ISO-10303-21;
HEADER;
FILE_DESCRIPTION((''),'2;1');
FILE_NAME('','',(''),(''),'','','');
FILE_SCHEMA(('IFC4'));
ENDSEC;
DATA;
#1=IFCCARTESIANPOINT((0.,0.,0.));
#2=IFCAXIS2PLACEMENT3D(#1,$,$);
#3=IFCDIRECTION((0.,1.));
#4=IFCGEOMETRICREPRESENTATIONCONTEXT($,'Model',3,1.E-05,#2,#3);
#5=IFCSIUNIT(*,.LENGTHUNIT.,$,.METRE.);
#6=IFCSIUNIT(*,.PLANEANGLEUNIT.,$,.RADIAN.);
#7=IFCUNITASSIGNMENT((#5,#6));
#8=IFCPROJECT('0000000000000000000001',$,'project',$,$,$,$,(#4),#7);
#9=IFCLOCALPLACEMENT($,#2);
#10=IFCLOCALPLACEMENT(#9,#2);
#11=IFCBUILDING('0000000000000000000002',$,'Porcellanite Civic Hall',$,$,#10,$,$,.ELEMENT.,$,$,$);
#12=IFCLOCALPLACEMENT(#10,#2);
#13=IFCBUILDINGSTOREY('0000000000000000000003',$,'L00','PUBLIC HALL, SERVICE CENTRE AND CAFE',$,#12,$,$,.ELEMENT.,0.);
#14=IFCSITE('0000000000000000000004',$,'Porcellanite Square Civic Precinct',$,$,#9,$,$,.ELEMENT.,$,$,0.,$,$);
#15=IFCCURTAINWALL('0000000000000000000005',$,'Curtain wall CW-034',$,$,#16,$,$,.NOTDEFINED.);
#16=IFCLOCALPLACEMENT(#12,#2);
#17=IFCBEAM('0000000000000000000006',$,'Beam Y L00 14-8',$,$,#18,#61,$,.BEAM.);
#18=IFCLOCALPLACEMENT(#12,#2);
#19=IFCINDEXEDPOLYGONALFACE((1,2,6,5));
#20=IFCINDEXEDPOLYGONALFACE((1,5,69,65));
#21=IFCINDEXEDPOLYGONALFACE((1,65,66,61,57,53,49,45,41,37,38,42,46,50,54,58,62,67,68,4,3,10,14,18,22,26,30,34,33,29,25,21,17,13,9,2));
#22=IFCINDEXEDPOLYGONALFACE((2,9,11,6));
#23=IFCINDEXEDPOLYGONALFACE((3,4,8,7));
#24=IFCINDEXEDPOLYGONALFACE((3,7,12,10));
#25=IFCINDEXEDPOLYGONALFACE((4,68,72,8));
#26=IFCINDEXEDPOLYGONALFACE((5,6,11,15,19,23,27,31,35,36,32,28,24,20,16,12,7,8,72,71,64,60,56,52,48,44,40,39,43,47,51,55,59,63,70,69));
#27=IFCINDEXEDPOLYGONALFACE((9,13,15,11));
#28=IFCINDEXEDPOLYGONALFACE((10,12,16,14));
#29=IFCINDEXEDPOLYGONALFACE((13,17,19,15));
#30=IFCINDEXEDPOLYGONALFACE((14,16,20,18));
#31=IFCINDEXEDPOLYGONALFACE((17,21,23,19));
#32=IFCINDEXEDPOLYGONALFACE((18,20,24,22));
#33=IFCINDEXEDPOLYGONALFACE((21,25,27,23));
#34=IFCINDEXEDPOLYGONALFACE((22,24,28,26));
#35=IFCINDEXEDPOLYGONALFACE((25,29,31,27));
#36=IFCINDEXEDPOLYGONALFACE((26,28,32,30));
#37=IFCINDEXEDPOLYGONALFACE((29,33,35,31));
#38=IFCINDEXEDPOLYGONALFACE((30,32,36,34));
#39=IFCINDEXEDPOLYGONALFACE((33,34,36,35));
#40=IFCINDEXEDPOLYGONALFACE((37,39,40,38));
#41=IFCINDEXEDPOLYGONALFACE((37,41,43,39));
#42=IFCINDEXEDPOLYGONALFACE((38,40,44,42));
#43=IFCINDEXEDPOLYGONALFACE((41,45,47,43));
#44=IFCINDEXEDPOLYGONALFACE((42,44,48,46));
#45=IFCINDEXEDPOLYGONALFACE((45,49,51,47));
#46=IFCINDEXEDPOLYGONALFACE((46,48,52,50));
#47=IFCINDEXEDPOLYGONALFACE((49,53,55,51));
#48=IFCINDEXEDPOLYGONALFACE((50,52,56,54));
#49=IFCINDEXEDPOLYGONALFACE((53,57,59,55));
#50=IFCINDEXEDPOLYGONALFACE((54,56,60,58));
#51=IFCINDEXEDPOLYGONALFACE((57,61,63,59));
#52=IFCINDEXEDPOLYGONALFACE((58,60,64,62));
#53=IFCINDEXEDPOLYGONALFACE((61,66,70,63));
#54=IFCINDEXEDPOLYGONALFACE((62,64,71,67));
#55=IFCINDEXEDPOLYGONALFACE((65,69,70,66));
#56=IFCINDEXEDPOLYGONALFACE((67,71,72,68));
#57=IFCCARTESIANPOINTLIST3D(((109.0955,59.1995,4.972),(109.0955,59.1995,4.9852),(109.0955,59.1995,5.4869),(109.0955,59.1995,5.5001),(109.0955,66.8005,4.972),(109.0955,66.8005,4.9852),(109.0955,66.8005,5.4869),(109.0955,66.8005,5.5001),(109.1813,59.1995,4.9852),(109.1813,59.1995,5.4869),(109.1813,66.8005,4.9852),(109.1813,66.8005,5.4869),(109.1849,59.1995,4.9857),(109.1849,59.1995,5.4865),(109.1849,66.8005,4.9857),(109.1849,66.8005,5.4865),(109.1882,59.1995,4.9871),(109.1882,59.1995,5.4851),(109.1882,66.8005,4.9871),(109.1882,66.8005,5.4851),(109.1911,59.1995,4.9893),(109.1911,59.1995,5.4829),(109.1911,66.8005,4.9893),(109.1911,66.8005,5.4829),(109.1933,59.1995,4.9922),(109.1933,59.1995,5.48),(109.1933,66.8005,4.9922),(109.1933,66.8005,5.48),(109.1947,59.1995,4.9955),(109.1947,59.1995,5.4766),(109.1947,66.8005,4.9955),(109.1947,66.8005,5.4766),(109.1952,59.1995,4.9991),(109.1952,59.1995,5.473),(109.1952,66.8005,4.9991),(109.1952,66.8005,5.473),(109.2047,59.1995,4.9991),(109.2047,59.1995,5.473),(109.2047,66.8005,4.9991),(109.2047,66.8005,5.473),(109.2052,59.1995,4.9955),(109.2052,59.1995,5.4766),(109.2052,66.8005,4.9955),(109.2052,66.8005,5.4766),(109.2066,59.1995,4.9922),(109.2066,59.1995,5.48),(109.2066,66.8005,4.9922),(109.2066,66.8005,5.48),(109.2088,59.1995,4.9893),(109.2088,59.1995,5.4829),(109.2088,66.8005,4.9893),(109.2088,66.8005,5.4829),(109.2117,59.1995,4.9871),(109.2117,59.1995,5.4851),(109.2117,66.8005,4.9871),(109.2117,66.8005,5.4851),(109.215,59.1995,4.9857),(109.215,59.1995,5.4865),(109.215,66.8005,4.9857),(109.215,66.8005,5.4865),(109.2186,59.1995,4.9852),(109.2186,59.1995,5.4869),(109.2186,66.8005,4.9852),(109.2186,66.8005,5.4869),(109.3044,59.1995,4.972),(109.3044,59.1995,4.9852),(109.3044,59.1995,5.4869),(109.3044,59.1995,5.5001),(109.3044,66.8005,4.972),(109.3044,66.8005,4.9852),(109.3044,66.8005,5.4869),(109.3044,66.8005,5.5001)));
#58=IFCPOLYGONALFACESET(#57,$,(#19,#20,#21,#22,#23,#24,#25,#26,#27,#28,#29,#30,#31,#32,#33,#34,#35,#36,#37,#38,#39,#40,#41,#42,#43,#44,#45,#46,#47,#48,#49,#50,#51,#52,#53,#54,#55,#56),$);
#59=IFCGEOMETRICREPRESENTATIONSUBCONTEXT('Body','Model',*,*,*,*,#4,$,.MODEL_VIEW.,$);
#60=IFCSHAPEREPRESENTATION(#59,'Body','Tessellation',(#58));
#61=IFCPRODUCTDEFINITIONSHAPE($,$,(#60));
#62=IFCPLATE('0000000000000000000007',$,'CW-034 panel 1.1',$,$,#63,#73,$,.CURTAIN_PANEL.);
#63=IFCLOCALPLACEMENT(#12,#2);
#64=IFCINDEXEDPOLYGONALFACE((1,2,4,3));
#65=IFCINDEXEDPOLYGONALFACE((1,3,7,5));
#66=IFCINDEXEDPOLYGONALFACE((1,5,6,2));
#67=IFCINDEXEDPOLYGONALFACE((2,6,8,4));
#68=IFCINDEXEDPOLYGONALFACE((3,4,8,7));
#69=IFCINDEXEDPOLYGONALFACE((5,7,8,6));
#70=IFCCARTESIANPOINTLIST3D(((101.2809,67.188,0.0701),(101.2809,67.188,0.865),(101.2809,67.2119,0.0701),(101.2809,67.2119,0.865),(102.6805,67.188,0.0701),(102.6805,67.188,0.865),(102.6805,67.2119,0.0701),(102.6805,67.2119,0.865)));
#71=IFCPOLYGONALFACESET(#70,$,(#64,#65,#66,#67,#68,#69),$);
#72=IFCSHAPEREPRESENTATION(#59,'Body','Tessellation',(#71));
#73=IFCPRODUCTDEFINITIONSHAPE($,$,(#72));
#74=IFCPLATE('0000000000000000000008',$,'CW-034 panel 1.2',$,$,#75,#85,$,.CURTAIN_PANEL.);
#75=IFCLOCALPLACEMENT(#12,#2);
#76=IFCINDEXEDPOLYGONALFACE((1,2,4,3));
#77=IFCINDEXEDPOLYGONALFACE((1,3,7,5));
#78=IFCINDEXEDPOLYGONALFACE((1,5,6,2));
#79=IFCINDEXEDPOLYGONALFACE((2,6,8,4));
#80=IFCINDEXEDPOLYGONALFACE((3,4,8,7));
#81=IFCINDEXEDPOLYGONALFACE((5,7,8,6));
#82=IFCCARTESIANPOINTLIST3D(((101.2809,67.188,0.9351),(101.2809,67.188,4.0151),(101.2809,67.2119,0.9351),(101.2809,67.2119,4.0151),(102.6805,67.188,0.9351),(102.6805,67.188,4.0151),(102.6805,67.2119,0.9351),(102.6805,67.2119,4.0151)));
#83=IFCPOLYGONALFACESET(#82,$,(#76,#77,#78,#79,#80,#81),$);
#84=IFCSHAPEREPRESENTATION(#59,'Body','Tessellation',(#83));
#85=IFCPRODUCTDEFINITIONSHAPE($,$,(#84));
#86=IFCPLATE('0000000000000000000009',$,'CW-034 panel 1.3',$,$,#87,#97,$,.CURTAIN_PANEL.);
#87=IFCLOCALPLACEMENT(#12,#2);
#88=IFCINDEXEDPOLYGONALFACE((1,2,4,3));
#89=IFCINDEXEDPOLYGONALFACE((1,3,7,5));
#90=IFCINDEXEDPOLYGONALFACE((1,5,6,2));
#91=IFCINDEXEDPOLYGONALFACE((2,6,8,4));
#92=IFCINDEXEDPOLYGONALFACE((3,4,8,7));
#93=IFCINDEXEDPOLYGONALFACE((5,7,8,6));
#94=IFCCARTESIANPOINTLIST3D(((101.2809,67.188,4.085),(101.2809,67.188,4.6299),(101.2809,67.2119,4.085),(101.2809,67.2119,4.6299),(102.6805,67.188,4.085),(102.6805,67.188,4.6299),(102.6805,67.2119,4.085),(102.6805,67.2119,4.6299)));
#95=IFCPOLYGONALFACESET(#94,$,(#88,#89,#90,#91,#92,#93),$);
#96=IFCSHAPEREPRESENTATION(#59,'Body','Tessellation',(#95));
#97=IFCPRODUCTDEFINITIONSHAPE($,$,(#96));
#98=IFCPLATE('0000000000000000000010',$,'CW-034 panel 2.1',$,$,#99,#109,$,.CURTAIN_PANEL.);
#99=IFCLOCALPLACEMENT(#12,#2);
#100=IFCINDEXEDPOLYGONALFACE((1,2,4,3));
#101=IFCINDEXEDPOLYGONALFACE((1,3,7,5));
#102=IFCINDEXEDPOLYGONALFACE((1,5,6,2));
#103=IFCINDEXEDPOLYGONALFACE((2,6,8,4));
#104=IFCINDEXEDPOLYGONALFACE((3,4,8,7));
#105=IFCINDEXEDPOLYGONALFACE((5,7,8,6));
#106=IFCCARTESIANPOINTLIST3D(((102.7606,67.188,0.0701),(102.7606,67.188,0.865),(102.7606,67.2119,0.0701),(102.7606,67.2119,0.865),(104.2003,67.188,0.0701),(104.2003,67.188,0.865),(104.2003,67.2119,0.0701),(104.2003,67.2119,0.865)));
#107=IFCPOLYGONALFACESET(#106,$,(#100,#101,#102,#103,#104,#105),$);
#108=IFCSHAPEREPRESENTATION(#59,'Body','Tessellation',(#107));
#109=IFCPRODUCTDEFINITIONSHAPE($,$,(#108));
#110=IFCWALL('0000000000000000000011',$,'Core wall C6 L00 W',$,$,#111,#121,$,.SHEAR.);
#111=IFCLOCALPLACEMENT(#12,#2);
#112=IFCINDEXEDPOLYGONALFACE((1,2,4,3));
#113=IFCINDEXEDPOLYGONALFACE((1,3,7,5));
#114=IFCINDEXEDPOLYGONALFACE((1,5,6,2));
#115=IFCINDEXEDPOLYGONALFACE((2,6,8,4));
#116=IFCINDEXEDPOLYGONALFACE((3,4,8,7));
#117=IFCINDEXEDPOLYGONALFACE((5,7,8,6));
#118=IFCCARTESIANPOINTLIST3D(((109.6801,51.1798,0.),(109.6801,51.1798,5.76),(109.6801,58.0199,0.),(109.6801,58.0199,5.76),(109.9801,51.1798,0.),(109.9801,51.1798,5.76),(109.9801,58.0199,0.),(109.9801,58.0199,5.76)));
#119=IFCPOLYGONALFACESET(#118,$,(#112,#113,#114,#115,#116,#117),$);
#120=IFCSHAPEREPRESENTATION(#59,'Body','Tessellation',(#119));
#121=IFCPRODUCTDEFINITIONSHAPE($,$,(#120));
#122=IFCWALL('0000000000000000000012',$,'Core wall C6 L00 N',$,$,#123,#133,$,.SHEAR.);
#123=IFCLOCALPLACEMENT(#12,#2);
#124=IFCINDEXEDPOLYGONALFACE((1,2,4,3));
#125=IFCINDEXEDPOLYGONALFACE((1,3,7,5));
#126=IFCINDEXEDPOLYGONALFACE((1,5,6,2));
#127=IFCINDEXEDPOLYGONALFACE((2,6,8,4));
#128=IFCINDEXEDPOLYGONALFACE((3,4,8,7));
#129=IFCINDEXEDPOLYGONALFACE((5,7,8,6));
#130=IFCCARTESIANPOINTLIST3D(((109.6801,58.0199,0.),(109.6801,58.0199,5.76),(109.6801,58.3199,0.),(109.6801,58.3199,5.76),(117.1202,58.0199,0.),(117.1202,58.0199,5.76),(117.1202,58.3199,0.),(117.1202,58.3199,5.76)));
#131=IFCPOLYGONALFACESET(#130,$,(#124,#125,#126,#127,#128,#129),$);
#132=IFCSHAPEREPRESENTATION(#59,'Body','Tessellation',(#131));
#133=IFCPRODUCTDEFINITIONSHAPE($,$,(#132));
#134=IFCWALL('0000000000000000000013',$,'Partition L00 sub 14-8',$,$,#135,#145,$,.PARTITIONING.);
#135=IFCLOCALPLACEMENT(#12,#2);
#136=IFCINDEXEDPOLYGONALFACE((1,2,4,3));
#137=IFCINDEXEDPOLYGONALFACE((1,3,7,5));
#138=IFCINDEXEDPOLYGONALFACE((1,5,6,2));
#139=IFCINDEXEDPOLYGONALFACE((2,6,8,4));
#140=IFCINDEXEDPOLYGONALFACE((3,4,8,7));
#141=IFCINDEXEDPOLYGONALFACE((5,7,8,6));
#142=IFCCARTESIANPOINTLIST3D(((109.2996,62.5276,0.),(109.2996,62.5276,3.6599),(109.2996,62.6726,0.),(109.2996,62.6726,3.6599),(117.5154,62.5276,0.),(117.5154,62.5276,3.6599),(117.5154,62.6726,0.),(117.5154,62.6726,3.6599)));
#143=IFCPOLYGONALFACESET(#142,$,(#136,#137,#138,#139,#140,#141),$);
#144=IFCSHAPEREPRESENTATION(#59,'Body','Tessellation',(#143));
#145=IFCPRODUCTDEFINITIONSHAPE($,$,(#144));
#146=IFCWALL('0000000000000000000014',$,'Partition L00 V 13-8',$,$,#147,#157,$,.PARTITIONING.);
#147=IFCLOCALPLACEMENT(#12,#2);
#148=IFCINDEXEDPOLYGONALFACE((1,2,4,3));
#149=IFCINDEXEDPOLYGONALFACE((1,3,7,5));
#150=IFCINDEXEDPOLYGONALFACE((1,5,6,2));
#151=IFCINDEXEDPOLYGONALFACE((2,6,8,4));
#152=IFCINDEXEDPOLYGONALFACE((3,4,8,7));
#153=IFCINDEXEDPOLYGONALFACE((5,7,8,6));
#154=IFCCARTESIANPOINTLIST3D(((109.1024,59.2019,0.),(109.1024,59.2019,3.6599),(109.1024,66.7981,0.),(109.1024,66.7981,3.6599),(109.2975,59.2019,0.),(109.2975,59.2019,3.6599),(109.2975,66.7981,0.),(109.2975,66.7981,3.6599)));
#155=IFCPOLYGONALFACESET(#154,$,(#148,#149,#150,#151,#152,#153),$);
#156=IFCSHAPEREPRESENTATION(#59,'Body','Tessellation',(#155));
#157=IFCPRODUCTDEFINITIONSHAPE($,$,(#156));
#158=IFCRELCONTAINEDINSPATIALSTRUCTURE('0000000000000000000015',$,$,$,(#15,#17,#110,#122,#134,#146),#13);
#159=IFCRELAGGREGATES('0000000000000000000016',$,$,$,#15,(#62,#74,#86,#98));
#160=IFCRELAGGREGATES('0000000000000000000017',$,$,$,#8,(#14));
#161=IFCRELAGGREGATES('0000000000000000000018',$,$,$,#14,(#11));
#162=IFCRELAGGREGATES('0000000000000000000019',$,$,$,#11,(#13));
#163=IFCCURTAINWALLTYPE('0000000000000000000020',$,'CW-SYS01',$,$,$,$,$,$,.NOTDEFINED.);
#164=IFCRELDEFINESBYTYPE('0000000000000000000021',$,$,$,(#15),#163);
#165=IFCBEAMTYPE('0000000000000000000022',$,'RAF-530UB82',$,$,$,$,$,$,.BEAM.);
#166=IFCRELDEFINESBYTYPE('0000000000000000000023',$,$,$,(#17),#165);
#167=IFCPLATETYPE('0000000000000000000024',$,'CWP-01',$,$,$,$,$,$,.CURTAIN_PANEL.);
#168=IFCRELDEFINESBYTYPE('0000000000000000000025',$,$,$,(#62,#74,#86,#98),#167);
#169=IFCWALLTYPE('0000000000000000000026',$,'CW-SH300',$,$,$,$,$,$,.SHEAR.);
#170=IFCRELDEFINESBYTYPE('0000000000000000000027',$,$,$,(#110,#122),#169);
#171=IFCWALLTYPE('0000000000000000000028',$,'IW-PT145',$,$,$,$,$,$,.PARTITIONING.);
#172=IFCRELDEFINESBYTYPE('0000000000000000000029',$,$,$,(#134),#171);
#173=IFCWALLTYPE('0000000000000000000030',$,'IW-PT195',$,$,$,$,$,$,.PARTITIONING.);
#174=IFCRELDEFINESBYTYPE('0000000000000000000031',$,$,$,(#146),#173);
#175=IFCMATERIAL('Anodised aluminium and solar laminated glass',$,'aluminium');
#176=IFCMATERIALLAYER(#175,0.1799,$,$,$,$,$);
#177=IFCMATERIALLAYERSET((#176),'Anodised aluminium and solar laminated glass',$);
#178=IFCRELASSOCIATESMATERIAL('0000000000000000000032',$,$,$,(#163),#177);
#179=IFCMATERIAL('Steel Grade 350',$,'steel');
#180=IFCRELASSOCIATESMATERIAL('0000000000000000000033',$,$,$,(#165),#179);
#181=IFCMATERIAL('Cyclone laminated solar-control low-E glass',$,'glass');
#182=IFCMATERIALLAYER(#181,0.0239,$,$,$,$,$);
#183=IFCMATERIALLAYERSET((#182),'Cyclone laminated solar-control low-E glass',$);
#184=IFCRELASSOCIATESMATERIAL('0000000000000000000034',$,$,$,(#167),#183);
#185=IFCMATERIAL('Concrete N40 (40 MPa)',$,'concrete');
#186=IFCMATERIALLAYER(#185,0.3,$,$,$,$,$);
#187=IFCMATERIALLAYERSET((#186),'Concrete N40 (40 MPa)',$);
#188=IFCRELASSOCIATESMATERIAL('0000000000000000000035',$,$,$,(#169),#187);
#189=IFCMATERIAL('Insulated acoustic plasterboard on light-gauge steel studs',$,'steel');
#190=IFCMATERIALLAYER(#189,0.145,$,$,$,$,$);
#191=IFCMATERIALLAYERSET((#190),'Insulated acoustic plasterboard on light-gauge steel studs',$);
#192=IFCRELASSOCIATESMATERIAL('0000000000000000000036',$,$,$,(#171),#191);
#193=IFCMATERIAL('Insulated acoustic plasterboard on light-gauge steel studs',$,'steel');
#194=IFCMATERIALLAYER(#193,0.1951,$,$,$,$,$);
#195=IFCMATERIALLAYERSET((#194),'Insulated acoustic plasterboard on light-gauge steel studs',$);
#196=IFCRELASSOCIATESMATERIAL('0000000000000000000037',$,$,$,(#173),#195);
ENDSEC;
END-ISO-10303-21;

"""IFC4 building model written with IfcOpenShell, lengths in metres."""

from ifc_helpers import new_model, si_unit, direction, frame, frame_2d, origin, origin_2d, place, context, subcontext, project, spatial, rectangle, i_section, extrude, material, layer, layer_set, material_profile, profile_set, type_object, element, aggregate, save


model = new_model("IFC4")

# Units and contexts
model_context = context("Model", 3, precision=1e-05, world=origin(), true_north=direction((0.0, 1.0)))
body_context = subcontext(model_context, "Body", "Model", "MODEL_VIEW")
ifc_project = project(units=[si_unit("LENGTHUNIT", "METRE"), si_unit("PLANEANGLEUNIT", "RADIAN")], contexts=[model_context])

# Site, building, storey
site_placement = place(None, origin())
site = spatial("IfcSite", under=ifc_project, at=site_placement, Name="Porcellanite Square Civic Precinct", CompositionType="ELEMENT", RefElevation=0.0)
building_placement = place(site_placement, origin())
building = spatial("IfcBuilding", under=site, at=building_placement, Name="Porcellanite Civic Hall", CompositionType="ELEMENT")
storey_placement = place(building_placement, origin())
storey = spatial("IfcBuildingStorey", under=building, at=storey_placement, Name="L00", Description="PUBLIC HALL, SERVICE CENTRE AND CAFE", CompositionType="ELEMENT", Elevation=0.0)

# Curtain wall
ifc_material_1 = material(Name="Anodised aluminium and solar laminated glass", Category="aluminium")
ifc_layer_1 = layer(ifc_material_1, 0.1799)
ifc_layer_set_1 = layer_set([ifc_layer_1], Name="Anodised aluminium and solar laminated glass")
curtain_wall_type = type_object("IfcCurtainWallType", Name="CW-SYS01", PredefinedType="NOTDEFINED", material=ifc_layer_set_1)
curtain_wall_placement = place(storey_placement, origin())
curtain_wall = element("IfcCurtainWall", 1, at=curtain_wall_placement, inside=storey, type_object=curtain_wall_type, Name="Curtain wall CW-034", PredefinedType="NOTDEFINED")

# Beam
ifc_material_2 = material(Name="Steel Grade 350", Category="steel")
ifc_material_profile_1 = material_profile(ifc_material_2, i_section(OverallWidth=0.209, OverallDepth=0.5281, WebThickness=0.0095, FlangeThickness=0.0132, FilletRadius=0.0139, at=origin_2d()), Name="530UB82.0")
ifc_profile_set_1 = profile_set([ifc_material_profile_1], Name="Steel Grade 350")
beam_type_1 = type_object("IfcBeamType", Name="RAF-530UB82", PredefinedType="BEAM", material=ifc_profile_set_1)
beam_1_placement = place(storey_placement, frame((109.2, 59.1995, 5.2361), z_axis=(0.0, 1.0, 0.0), x_axis=(-1.0, 0.0, 0.0)))
element("IfcBeam", 2, at=beam_1_placement, inside=storey, type_object=beam_type_1, Name="Beam Y L00 14-8", PredefinedType="BEAM", context=body_context, shape_type="SweptSolid", body=[
    extrude(i_section(OverallWidth=0.209, OverallDepth=0.5281, WebThickness=0.0095, FlangeThickness=0.0132, FilletRadius=0.0139, at=origin_2d()), origin(), (0.0, 0.0, 1.0), 7.6011),
])

# Plates
ifc_material_3 = material(Name="Cyclone laminated solar-control low-E glass", Category="glass")
ifc_layer_2 = layer(ifc_material_3, 0.0239)
ifc_layer_set_2 = layer_set([ifc_layer_2], Name="Cyclone laminated solar-control low-E glass")
plate_type = type_object("IfcPlateType", Name="CWP-01", PredefinedType="CURTAIN_PANEL", material=ifc_layer_set_2)
plate_1_placement = place(storey_placement, frame((101.9807, 67.2, 0.0701), z_axis=(0.0, 0.0, 1.0), x_axis=(1.0, 0.0, 0.0)))
plate_1 = element("IfcPlate", 3, at=plate_1_placement, type_object=plate_type, Name="CW-034 panel 1.1", PredefinedType="CURTAIN_PANEL", context=body_context, shape_type="SweptSolid", body=[
    extrude(rectangle(XDim=1.3997, YDim=0.0239, at=origin_2d()), origin(), (0.0, 0.0, 1.0), 0.7949),
])
plate_2_placement = place(storey_placement, frame((101.9807, 67.2, 0.9351), z_axis=(0.0, 0.0, 1.0), x_axis=(1.0, 0.0, 0.0)))
plate_2 = element("IfcPlate", 4, at=plate_2_placement, type_object=plate_type, Name="CW-034 panel 1.2", PredefinedType="CURTAIN_PANEL", context=body_context, shape_type="SweptSolid", body=[
    extrude(rectangle(XDim=1.3997, YDim=0.0239, at=origin_2d()), origin(), (0.0, 0.0, 1.0), 3.0801),
])
plate_3_placement = place(storey_placement, frame((101.9807, 67.2, 4.085), z_axis=(0.0, 0.0, 1.0), x_axis=(1.0, 0.0, 0.0)))
plate_3 = element("IfcPlate", 5, at=plate_3_placement, type_object=plate_type, Name="CW-034 panel 1.3", PredefinedType="CURTAIN_PANEL", context=body_context, shape_type="SweptSolid", body=[
    extrude(rectangle(XDim=1.3997, YDim=0.0239, at=origin_2d()), origin(), (0.0, 0.0, 1.0), 0.5449),
])
plate_4_placement = place(storey_placement, frame((103.4805, 67.2, 0.0701), z_axis=(0.0, 0.0, 1.0), x_axis=(1.0, 0.0, 0.0)))
plate_4 = element("IfcPlate", 6, at=plate_4_placement, type_object=plate_type, Name="CW-034 panel 2.1", PredefinedType="CURTAIN_PANEL", context=body_context, shape_type="SweptSolid", body=[
    extrude(rectangle(XDim=1.4397, YDim=0.0239, at=origin_2d()), origin(), (0.0, 0.0, 1.0), 0.7949),
])
aggregate(curtain_wall, [plate_1, plate_2, plate_3, plate_4])

# Walls
ifc_material_4 = material(Name="Concrete N40 (40 MPa)", Category="concrete")
ifc_layer_3 = layer(ifc_material_4, 0.3)
ifc_layer_set_3 = layer_set([ifc_layer_3], Name="Concrete N40 (40 MPa)")
wall_type_1 = type_object("IfcWallType", Name="CW-SH300", PredefinedType="SHEAR", material=ifc_layer_set_3)
wall_1_placement = place(storey_placement, frame((109.8301, 51.1799, 0.0), z_axis=(0.0, 0.0, 1.0), x_axis=(0.0, 1.0, 0.0)))
element("IfcWall", 7, at=wall_1_placement, inside=storey, type_object=wall_type_1, Name="Core wall C6 L00 W", PredefinedType="SHEAR", context=body_context, shape_type="SweptSolid", body=[
    extrude(rectangle(XDim=6.8401, YDim=0.3, at=frame_2d((3.4199, 0.0))), origin(), (0.0, 0.0, 1.0), 5.76),
])
wall_2_placement = place(storey_placement, frame((109.6799, 58.1699, 0.0), z_axis=(0.0, 0.0, 1.0), x_axis=(1.0, 0.0, 0.0)))
element("IfcWall", 8, at=wall_2_placement, inside=storey, type_object=wall_type_1, Name="Core wall C6 L00 N", PredefinedType="SHEAR", context=body_context, shape_type="SweptSolid", body=[
    extrude(rectangle(XDim=7.4402, YDim=0.3, at=frame_2d((3.7202, 0.0))), origin(), (0.0, 0.0, 1.0), 5.76),
])
ifc_material_5 = material(Name="Insulated acoustic plasterboard on light-gauge steel studs", Category="steel")
ifc_layer_4 = layer(ifc_material_5, 0.145)
ifc_layer_set_4 = layer_set([ifc_layer_4], Name="Insulated acoustic plasterboard on light-gauge steel studs")
wall_type_2 = type_object("IfcWallType", Name="IW-PT145", PredefinedType="PARTITIONING", material=ifc_layer_set_4)
wall_3_placement = place(storey_placement, frame((109.2996, 62.6001, 0.0), z_axis=(0.0, 0.0, 1.0), x_axis=(1.0, 0.0, 0.0)))
element("IfcWall", 9, at=wall_3_placement, inside=storey, type_object=wall_type_2, Name="Partition L00 sub 14-8", PredefinedType="PARTITIONING", context=body_context, shape_type="SweptSolid", body=[
    extrude(rectangle(XDim=8.2158, YDim=0.145, at=frame_2d((4.1079, 0.0))), origin(), (0.0, 0.0, 1.0), 3.6599),
])
ifc_material_6 = material(Name="Insulated acoustic plasterboard on light-gauge steel studs", Category="steel")
ifc_layer_5 = layer(ifc_material_6, 0.1951)
ifc_layer_set_5 = layer_set([ifc_layer_5], Name="Insulated acoustic plasterboard on light-gauge steel studs")
wall_type_3 = type_object("IfcWallType", Name="IW-PT195", PredefinedType="PARTITIONING", material=ifc_layer_set_5)
wall_4_placement = place(storey_placement, frame((109.2, 59.2019, 0.0), z_axis=(0.0, 0.0, 1.0), x_axis=(0.0, 1.0, 0.0)))
element("IfcWall", 10, at=wall_4_placement, inside=storey, type_object=wall_type_3, Name="Partition L00 V 13-8", PredefinedType="PARTITIONING", context=body_context, shape_type="SweptSolid", body=[
    extrude(rectangle(XDim=7.5962, YDim=0.1951, at=frame_2d((3.7981, 0.0))), origin(), (0.0, 0.0, 1.0), 3.6599),
])

save(model, "model.ifc")
